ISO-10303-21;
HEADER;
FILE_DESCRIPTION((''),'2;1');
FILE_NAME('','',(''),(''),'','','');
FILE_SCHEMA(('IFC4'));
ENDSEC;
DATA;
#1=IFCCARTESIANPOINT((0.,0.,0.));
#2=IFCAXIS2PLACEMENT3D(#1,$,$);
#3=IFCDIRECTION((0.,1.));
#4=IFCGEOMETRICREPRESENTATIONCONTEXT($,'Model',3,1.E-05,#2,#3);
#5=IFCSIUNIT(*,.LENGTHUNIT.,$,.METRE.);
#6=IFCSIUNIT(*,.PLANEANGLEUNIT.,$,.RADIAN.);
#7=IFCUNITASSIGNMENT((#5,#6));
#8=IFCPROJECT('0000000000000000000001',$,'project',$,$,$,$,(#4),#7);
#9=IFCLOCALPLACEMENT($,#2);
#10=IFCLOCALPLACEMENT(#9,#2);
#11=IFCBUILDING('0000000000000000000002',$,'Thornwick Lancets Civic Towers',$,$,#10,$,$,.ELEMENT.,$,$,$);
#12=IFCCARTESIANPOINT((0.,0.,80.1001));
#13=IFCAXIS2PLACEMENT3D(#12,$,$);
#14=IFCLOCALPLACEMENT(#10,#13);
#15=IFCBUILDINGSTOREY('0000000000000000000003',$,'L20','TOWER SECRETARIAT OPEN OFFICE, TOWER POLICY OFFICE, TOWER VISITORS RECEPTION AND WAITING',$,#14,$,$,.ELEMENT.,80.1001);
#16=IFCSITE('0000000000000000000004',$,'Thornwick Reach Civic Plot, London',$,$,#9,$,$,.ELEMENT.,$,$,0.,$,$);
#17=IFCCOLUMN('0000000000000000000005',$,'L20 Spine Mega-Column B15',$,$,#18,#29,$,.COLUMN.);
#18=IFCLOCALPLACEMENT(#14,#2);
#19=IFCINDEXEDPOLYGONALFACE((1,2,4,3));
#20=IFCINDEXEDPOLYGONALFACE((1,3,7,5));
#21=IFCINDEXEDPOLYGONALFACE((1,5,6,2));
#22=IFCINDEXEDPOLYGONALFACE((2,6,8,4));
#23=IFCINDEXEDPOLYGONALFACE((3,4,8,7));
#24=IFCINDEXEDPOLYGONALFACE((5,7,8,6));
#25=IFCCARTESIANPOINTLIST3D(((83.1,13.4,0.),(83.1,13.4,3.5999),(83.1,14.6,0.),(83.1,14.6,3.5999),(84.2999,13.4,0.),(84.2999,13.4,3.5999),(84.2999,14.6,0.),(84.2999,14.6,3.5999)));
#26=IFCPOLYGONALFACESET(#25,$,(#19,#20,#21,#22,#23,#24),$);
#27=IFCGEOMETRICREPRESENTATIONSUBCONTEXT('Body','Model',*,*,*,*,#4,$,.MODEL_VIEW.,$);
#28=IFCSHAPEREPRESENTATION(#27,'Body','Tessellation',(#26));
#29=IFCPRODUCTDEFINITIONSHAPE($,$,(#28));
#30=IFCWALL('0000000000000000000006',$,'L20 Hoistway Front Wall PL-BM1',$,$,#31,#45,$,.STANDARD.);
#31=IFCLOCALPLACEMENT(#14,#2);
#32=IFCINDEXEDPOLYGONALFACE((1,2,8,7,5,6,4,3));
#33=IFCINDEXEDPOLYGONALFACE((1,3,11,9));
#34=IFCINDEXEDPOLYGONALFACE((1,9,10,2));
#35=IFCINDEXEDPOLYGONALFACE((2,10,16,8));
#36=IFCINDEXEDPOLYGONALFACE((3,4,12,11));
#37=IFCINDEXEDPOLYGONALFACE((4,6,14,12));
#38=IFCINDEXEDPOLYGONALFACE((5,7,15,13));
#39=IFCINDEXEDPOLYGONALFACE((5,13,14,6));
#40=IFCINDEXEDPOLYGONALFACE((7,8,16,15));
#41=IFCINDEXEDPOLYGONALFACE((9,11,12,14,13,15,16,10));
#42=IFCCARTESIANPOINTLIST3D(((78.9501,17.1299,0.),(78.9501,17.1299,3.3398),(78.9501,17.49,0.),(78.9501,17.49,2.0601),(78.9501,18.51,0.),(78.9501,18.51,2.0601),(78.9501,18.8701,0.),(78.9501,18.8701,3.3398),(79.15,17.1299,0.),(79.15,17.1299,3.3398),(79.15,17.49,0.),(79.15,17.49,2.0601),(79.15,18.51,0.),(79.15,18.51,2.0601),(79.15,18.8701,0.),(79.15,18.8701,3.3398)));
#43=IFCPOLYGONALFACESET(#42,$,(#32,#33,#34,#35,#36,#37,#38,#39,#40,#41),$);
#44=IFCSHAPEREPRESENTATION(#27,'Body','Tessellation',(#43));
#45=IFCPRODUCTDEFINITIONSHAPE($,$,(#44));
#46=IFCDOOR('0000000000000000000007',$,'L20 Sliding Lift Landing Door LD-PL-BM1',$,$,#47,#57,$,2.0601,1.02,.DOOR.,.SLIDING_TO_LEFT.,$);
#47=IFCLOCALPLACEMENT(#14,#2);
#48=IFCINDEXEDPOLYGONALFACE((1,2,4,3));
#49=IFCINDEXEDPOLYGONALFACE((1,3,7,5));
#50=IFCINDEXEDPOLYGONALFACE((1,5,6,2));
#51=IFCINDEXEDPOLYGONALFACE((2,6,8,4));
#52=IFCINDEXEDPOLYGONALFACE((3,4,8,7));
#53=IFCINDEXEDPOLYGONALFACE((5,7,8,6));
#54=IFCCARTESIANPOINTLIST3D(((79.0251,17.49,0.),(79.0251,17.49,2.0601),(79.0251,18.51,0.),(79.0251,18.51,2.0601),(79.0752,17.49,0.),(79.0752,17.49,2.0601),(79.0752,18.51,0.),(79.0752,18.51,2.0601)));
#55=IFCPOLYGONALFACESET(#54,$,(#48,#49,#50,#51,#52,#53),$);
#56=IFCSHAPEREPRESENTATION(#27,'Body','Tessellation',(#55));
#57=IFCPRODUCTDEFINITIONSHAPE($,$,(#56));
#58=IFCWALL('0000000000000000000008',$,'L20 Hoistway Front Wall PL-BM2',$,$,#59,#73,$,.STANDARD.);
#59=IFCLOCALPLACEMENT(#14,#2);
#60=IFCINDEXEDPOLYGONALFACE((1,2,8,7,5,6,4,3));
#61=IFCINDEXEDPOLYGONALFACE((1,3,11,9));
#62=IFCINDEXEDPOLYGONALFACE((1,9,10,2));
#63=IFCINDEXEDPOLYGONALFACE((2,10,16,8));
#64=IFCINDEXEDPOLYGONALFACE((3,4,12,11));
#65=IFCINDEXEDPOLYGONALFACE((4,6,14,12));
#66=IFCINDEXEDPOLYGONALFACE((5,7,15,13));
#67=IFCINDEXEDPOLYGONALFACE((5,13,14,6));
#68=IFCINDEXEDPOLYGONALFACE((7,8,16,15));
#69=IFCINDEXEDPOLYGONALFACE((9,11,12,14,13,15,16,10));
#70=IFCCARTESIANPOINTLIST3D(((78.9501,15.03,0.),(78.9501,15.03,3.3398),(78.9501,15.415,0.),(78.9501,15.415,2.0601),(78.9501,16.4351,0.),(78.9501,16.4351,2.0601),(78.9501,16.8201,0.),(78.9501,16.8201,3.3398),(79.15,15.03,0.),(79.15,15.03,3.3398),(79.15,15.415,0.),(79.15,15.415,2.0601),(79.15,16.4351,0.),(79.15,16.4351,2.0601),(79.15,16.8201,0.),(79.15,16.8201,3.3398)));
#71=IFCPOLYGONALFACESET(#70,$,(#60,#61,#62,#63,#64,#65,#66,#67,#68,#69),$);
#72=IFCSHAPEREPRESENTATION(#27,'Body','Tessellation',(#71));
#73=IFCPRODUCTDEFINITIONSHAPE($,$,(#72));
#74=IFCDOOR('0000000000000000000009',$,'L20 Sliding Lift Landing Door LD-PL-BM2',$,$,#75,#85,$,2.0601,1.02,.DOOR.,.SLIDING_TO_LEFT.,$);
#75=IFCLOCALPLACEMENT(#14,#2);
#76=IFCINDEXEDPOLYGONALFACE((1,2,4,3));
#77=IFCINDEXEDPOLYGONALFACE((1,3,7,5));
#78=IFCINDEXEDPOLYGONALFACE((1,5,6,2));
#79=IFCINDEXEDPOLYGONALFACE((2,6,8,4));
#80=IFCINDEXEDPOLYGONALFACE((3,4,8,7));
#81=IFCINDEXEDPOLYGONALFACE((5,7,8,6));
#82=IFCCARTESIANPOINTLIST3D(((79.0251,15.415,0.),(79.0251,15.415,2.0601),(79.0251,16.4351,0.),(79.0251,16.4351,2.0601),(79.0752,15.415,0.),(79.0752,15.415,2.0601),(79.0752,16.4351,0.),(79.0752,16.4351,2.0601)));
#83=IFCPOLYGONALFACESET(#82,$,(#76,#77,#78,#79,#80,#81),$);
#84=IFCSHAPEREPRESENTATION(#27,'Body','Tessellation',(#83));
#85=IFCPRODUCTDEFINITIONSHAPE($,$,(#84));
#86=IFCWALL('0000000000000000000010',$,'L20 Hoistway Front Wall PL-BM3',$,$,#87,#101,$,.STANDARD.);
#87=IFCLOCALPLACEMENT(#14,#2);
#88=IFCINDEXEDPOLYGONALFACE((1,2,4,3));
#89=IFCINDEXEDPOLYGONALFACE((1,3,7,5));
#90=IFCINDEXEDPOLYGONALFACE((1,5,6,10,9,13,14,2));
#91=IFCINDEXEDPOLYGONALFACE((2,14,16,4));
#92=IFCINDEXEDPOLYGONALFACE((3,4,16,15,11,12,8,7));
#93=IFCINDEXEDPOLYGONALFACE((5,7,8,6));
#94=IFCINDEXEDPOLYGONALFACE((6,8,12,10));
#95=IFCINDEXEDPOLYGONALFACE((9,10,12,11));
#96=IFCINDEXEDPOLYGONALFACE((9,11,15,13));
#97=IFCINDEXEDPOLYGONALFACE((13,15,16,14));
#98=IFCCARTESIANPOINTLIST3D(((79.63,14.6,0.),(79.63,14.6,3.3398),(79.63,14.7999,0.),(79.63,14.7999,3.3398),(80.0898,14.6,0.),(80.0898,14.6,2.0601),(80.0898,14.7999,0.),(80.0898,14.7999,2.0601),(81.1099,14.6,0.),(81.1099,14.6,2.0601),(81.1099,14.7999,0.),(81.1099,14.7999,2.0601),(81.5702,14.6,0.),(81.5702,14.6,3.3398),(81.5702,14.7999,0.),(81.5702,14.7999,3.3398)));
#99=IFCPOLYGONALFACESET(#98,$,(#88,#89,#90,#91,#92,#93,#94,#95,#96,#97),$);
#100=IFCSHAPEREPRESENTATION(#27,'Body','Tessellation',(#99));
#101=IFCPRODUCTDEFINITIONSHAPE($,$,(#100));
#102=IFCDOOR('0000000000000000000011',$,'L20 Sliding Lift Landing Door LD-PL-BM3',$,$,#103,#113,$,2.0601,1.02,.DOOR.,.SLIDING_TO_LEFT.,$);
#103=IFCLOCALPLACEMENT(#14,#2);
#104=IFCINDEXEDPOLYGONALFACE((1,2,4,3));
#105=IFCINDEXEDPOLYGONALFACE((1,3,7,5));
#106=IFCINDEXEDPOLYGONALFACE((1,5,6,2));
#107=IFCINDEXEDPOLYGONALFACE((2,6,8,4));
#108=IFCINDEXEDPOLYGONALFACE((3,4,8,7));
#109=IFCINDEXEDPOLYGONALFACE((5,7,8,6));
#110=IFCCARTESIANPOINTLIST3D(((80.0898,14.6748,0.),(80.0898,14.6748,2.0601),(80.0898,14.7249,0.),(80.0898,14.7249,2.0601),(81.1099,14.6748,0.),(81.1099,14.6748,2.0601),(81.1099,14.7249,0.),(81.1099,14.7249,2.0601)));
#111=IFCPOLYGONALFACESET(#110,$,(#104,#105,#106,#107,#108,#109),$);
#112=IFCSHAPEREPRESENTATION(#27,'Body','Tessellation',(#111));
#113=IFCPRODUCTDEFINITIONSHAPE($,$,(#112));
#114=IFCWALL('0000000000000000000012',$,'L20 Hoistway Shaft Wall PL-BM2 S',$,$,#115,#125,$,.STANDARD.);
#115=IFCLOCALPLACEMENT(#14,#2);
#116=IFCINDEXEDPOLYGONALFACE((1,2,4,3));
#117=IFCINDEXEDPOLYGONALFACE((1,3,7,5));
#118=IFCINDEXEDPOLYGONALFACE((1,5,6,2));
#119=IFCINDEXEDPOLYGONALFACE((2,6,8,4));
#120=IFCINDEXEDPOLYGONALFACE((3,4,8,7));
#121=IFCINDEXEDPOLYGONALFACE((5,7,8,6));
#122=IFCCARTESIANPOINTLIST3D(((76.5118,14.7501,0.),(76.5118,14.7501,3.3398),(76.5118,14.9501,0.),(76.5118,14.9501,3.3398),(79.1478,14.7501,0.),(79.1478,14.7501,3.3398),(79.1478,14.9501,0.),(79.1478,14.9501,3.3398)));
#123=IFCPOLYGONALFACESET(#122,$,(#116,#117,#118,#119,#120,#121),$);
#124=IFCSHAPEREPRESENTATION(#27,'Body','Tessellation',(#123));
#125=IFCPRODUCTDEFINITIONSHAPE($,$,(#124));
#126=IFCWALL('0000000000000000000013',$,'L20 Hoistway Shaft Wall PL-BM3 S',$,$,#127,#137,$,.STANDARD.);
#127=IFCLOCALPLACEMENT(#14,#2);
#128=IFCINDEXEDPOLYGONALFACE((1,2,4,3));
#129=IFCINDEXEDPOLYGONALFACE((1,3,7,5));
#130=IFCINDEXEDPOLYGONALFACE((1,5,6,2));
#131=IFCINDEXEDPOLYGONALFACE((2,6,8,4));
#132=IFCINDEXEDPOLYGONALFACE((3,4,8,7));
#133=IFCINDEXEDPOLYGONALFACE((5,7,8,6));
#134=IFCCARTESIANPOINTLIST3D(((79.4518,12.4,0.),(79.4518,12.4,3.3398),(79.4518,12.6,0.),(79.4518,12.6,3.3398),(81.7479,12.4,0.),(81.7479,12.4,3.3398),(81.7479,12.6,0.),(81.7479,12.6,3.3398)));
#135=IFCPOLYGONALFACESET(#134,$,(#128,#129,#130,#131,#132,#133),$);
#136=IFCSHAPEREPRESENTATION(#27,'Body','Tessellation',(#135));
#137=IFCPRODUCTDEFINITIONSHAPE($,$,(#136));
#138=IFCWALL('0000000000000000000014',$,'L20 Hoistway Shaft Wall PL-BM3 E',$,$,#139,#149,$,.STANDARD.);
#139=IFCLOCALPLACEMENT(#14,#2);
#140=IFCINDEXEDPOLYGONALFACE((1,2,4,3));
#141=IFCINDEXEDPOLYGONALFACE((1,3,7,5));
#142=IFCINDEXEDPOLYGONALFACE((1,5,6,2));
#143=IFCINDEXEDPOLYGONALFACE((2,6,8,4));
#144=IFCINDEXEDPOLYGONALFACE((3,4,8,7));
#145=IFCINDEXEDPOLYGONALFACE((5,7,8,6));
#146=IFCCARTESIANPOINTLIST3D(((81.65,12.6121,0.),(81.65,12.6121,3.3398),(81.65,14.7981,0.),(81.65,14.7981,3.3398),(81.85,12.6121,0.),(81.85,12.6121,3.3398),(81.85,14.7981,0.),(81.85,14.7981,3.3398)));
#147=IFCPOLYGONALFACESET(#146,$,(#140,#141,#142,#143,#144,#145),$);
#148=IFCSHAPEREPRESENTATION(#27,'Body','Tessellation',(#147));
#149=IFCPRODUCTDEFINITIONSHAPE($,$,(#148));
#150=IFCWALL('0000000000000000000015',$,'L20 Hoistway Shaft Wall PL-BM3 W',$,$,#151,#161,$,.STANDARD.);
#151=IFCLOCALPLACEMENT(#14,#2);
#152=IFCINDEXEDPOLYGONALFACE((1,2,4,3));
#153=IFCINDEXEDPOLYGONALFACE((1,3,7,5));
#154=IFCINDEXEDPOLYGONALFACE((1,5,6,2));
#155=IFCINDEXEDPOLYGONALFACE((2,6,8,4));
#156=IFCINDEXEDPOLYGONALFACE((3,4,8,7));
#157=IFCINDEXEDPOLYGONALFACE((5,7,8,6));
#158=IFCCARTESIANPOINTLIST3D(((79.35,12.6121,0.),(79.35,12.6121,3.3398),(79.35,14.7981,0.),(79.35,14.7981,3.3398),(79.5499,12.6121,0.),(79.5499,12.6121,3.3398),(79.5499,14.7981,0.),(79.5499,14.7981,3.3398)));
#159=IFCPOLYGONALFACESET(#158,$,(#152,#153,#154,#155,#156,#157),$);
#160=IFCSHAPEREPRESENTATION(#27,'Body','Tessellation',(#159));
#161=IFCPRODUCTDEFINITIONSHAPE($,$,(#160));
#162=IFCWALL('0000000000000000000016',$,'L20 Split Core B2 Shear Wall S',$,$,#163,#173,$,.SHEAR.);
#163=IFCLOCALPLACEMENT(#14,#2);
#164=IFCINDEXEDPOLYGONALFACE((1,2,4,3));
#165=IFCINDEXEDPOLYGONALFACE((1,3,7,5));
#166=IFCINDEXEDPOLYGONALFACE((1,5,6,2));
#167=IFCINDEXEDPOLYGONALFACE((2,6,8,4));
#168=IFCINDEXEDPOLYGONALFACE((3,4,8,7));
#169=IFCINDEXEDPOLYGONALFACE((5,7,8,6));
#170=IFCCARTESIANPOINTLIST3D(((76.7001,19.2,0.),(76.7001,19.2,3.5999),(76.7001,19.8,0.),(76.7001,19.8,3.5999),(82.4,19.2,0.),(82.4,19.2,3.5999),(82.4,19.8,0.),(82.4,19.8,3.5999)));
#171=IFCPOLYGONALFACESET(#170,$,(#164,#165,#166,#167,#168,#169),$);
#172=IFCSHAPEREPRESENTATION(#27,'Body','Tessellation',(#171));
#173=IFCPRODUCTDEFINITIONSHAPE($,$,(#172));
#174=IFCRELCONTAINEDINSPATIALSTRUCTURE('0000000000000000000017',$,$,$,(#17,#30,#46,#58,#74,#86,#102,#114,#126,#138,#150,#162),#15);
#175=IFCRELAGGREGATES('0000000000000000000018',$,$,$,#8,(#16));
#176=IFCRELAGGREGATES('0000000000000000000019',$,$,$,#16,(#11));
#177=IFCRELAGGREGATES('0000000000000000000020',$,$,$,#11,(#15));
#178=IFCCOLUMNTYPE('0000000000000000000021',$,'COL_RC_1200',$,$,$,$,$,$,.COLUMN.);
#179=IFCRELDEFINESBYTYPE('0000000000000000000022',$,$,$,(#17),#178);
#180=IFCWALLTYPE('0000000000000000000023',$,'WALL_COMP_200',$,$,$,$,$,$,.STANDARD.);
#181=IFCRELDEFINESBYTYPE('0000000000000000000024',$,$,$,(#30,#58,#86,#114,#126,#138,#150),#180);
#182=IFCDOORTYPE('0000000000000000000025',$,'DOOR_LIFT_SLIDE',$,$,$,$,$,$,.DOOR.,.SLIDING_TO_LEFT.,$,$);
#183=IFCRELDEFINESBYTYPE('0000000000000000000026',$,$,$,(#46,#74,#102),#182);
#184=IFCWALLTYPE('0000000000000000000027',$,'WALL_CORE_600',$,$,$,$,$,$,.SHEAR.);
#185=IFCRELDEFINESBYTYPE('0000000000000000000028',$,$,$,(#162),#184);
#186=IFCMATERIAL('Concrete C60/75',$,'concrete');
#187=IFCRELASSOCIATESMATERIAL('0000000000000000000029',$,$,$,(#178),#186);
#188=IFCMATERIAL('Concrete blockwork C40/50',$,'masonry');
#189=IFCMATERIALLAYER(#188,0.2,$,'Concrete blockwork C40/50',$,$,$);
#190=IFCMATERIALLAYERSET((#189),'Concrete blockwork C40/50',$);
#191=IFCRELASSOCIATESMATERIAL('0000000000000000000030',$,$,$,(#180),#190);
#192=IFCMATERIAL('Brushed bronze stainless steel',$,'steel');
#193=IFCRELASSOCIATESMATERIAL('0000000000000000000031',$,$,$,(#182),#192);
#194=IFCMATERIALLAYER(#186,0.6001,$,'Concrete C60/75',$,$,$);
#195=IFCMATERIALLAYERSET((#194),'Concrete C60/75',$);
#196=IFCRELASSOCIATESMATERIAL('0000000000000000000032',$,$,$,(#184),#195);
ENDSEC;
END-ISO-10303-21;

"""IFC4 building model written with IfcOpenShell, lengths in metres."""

from ifc_helpers import new_model, si_unit, direction, frame, frame_2d, origin, origin_2d, place, context, subcontext, project, spatial, rectangle, extrude, material, layer, layer_set, material_profile, profile_set, type_object, element, fill, save


model = new_model("IFC4")

# Units and contexts
model_context = context("Model", 3, precision=1e-05, world=origin(), true_north=direction((0.0, 1.0)))
body_context = subcontext(model_context, "Body", "Model", "MODEL_VIEW")
ifc_project = project(units=[si_unit("LENGTHUNIT", "METRE"), si_unit("PLANEANGLEUNIT", "RADIAN")], contexts=[model_context])

# Site, building, storey
site_placement = place(None, origin())
site = spatial("IfcSite", under=ifc_project, at=site_placement, Name="Thornwick Reach Civic Plot, London", CompositionType="ELEMENT", RefElevation=0.0)
building_placement = place(site_placement, origin())
building = spatial("IfcBuilding", under=site, at=building_placement, Name="Thornwick Lancets Civic Towers", CompositionType="ELEMENT")
storey_placement = place(building_placement, frame((0.0, 0.0, 80.1001)))
storey = spatial("IfcBuildingStorey", under=building, at=storey_placement, Name="L20", Description="TOWER SECRETARIAT OPEN OFFICE, TOWER POLICY OFFICE, TOWER VISITORS RECEPTION AND WAITING", CompositionType="ELEMENT", Elevation=80.1001)

# Column
ifc_material_1 = material(Name="Concrete C60/75", Category="concrete")
ifc_material_profile = material_profile(ifc_material_1, rectangle(XDim=1.2, YDim=1.2, at=origin_2d()), Name="RC 1200x1200")
ifc_profile_set = profile_set([ifc_material_profile], Name="Concrete C60/75")
column_type = type_object("IfcColumnType", Name="COL_RC_1200", PredefinedType="COLUMN", material=ifc_profile_set)
column_placement = place(storey_placement, frame((83.7, 14.0, 0.0), z_axis=(0.0, 0.0, 1.0), x_axis=(1.0, 0.0, 0.0)))
element("IfcColumn", 1, at=column_placement, inside=storey, type_object=column_type, Name="L20 Spine Mega-Column B15", PredefinedType="COLUMN", context=body_context, shape_type="SweptSolid", body=[
    extrude(rectangle(XDim=1.2, YDim=1.2, at=origin_2d()), origin(), (0.0, 0.0, 1.0), 3.5999),
])

# Walls, openings, doors
ifc_material_2 = material(Name="Concrete blockwork C40/50", Category="masonry")
ifc_layer_1 = layer(ifc_material_2, 0.2, Name="Concrete blockwork C40/50")
ifc_layer_set_1 = layer_set([ifc_layer_1], Name="Concrete blockwork C40/50")
wall_type_1 = type_object("IfcWallType", Name="WALL_COMP_200", PredefinedType="STANDARD", material=ifc_layer_set_1)
wall_1_placement = place(storey_placement, frame((79.05, 17.1299, 0.0), z_axis=(0.0, 0.0, 1.0), x_axis=(0.0, 1.0, 0.0)))
wall_1 = element("IfcWall", 2, at=wall_1_placement, inside=storey, type_object=wall_type_1, Name="L20 Hoistway Front Wall PL-BM1", PredefinedType="STANDARD", context=body_context, shape_type="SweptSolid", body=[
    extrude(rectangle(XDim=1.7402, YDim=0.2, at=frame_2d((0.8701, 0.0))), origin(), (0.0, 0.0, 1.0), 3.3398),
])
opening_1_placement = place(wall_1_placement, frame((0.3601, 0.0, 0.0)))
opening_1 = element("IfcOpeningElement", 3, at=opening_1_placement, cuts=wall_1, PredefinedType="OPENING", context=body_context, shape_type="SweptSolid", body=[
    extrude(rectangle(XDim=1.02, YDim=2.0601, at=frame_2d((0.51, 1.03))), frame((0.0, 0.1099, 0.0), z_axis=(0.0, -1.0, 0.0), x_axis=(1.0, 0.0, 0.0)), (0.0, 0.0, 1.0), 0.22),
])
ifc_material_3 = material(Name="Brushed bronze stainless steel", Category="steel")
door_type_1 = type_object("IfcDoorType", Name="DOOR_LIFT_SLIDE", OperationType="SLIDING_TO_LEFT", PredefinedType="DOOR", material=ifc_material_3)
door_1_placement = place(opening_1_placement, origin())
door_1 = element("IfcDoor", 4, at=door_1_placement, inside=storey, type_object=door_type_1, Name="L20 Sliding Lift Landing Door LD-PL-BM1", OperationType="SLIDING_TO_LEFT", OverallHeight=2.0601, OverallWidth=1.02, PredefinedType="DOOR", context=body_context, shape_type="SweptSolid", body=[
    extrude(rectangle(XDim=1.02, YDim=2.0601, at=frame_2d((0.51, 1.03))), frame((0.0, 0.0249, 0.0), z_axis=(0.0, -1.0, 0.0), x_axis=(1.0, 0.0, 0.0)), (0.0, 0.0, 1.0), 0.05),
])
fill(opening_1, door_1)
wall_2_placement = place(storey_placement, frame((79.05, 15.03, 0.0), z_axis=(0.0, 0.0, 1.0), x_axis=(0.0, 1.0, 0.0)))
wall_2 = element("IfcWall", 5, at=wall_2_placement, inside=storey, type_object=wall_type_1, Name="L20 Hoistway Front Wall PL-BM2", PredefinedType="STANDARD", context=body_context, shape_type="SweptSolid", body=[
    extrude(rectangle(XDim=1.79, YDim=0.2, at=frame_2d((0.895, 0.0))), origin(), (0.0, 0.0, 1.0), 3.3398),
])
opening_2_placement = place(wall_2_placement, frame((0.385, 0.0, 0.0)))
opening_2 = element("IfcOpeningElement", 6, at=opening_2_placement, cuts=wall_2, PredefinedType="OPENING", context=body_context, shape_type="SweptSolid", body=[
    extrude(rectangle(XDim=1.02, YDim=2.0601, at=frame_2d((0.51, 1.03))), frame((0.0, 0.1099, 0.0), z_axis=(0.0, -1.0, 0.0), x_axis=(1.0, 0.0, 0.0)), (0.0, 0.0, 1.0), 0.22),
])
door_2_placement = place(opening_2_placement, origin())
door_2 = element("IfcDoor", 7, at=door_2_placement, inside=storey, type_object=door_type_1, Name="L20 Sliding Lift Landing Door LD-PL-BM2", OperationType="SLIDING_TO_LEFT", OverallHeight=2.0601, OverallWidth=1.02, PredefinedType="DOOR", context=body_context, shape_type="SweptSolid", body=[
    extrude(rectangle(XDim=1.02, YDim=2.0601, at=frame_2d((0.51, 1.03))), frame((0.0, 0.0249, 0.0), z_axis=(0.0, -1.0, 0.0), x_axis=(1.0, 0.0, 0.0)), (0.0, 0.0, 1.0), 0.05),
])
fill(opening_2, door_2)
wall_3_placement = place(storey_placement, frame((79.6299, 14.7, 0.0), z_axis=(0.0, 0.0, 1.0), x_axis=(1.0, 0.0, 0.0)))
wall_3 = element("IfcWall", 8, at=wall_3_placement, inside=storey, type_object=wall_type_1, Name="L20 Hoistway Front Wall PL-BM3", PredefinedType="STANDARD", context=body_context, shape_type="SweptSolid", body=[
    extrude(rectangle(XDim=1.9402, YDim=0.2, at=frame_2d((0.9702, 0.0))), origin(), (0.0, 0.0, 1.0), 3.3398),
])
opening_3_placement = place(wall_3_placement, frame((0.46, 0.0, 0.0)))
opening_3 = element("IfcOpeningElement", 9, at=opening_3_placement, cuts=wall_3, PredefinedType="OPENING", context=body_context, shape_type="SweptSolid", body=[
    extrude(rectangle(XDim=1.02, YDim=2.0601, at=frame_2d((0.51, 1.03))), frame((0.0, 0.1099, 0.0), z_axis=(0.0, -1.0, 0.0), x_axis=(1.0, 0.0, 0.0)), (0.0, 0.0, 1.0), 0.22),
])
door_3_placement = place(opening_3_placement, origin())
door_3 = element("IfcDoor", 10, at=door_3_placement, inside=storey, type_object=door_type_1, Name="L20 Sliding Lift Landing Door LD-PL-BM3", OperationType="SLIDING_TO_LEFT", OverallHeight=2.0601, OverallWidth=1.02, PredefinedType="DOOR", context=body_context, shape_type="SweptSolid", body=[
    extrude(rectangle(XDim=1.02, YDim=2.0601, at=frame_2d((0.51, 1.03))), frame((0.0, 0.0249, 0.0), z_axis=(0.0, -1.0, 0.0), x_axis=(1.0, 0.0, 0.0)), (0.0, 0.0, 1.0), 0.05),
])
fill(opening_3, door_3)

# Walls
wall_4_placement = place(storey_placement, frame((76.512, 14.8501, 0.0), z_axis=(0.0, 0.0, 1.0), x_axis=(1.0, 0.0, 0.0)))
element("IfcWall", 11, at=wall_4_placement, inside=storey, type_object=wall_type_1, Name="L20 Hoistway Shaft Wall PL-BM2 S", PredefinedType="STANDARD", context=body_context, shape_type="SweptSolid", body=[
    extrude(rectangle(XDim=2.636, YDim=0.2, at=frame_2d((1.3179, 0.0))), origin(), (0.0, 0.0, 1.0), 3.3398),
])
wall_5_placement = place(storey_placement, frame((79.4519, 12.5, 0.0), z_axis=(0.0, 0.0, 1.0), x_axis=(1.0, 0.0, 0.0)))
element("IfcWall", 12, at=wall_5_placement, inside=storey, type_object=wall_type_1, Name="L20 Hoistway Shaft Wall PL-BM3 S", PredefinedType="STANDARD", context=body_context, shape_type="SweptSolid", body=[
    extrude(rectangle(XDim=2.2961, YDim=0.2, at=frame_2d((1.1479, 0.0))), origin(), (0.0, 0.0, 1.0), 3.3398),
])
for number, where, z_axis, x_axis, name in (
    (13, (81.75, 12.6121, 0.0), (0.0, 0.0, 1.0), (0.0, 1.0, 0.0), "L20 Hoistway Shaft Wall PL-BM3 E"),
    (14, (79.45, 12.6121, 0.0), (0.0, 0.0, 1.0), (0.0, 1.0, 0.0), "L20 Hoistway Shaft Wall PL-BM3 W"),
):
    element("IfcWall", number, at=place(storey_placement, frame(where, z_axis=z_axis, x_axis=x_axis)), inside=storey, type_object=wall_type_1, Name=name, PredefinedType="STANDARD", context=body_context, shape_type="SweptSolid", body=[
        extrude(rectangle(XDim=2.186, YDim=0.2, at=frame_2d((1.093, 0.0))), origin(), (0.0, 0.0, 1.0), 3.3398),
    ])
ifc_layer_2 = layer(ifc_material_1, 0.6001, Name="Concrete C60/75")
ifc_layer_set_2 = layer_set([ifc_layer_2], Name="Concrete C60/75")
wall_type_2 = type_object("IfcWallType", Name="WALL_CORE_600", PredefinedType="SHEAR", material=ifc_layer_set_2)
wall_6_placement = place(storey_placement, frame((76.7, 19.5, 0.0), z_axis=(0.0, 0.0, 1.0), x_axis=(1.0, 0.0, 0.0)))
element("IfcWall", 15, at=wall_6_placement, inside=storey, type_object=wall_type_2, Name="L20 Split Core B2 Shear Wall S", PredefinedType="SHEAR", context=body_context, shape_type="SweptSolid", body=[
    extrude(rectangle(XDim=5.7, YDim=0.6001, at=frame_2d((2.8501, 0.0))), origin(), (0.0, 0.0, 1.0), 3.5999),
])

save(model, "model.ifc")
